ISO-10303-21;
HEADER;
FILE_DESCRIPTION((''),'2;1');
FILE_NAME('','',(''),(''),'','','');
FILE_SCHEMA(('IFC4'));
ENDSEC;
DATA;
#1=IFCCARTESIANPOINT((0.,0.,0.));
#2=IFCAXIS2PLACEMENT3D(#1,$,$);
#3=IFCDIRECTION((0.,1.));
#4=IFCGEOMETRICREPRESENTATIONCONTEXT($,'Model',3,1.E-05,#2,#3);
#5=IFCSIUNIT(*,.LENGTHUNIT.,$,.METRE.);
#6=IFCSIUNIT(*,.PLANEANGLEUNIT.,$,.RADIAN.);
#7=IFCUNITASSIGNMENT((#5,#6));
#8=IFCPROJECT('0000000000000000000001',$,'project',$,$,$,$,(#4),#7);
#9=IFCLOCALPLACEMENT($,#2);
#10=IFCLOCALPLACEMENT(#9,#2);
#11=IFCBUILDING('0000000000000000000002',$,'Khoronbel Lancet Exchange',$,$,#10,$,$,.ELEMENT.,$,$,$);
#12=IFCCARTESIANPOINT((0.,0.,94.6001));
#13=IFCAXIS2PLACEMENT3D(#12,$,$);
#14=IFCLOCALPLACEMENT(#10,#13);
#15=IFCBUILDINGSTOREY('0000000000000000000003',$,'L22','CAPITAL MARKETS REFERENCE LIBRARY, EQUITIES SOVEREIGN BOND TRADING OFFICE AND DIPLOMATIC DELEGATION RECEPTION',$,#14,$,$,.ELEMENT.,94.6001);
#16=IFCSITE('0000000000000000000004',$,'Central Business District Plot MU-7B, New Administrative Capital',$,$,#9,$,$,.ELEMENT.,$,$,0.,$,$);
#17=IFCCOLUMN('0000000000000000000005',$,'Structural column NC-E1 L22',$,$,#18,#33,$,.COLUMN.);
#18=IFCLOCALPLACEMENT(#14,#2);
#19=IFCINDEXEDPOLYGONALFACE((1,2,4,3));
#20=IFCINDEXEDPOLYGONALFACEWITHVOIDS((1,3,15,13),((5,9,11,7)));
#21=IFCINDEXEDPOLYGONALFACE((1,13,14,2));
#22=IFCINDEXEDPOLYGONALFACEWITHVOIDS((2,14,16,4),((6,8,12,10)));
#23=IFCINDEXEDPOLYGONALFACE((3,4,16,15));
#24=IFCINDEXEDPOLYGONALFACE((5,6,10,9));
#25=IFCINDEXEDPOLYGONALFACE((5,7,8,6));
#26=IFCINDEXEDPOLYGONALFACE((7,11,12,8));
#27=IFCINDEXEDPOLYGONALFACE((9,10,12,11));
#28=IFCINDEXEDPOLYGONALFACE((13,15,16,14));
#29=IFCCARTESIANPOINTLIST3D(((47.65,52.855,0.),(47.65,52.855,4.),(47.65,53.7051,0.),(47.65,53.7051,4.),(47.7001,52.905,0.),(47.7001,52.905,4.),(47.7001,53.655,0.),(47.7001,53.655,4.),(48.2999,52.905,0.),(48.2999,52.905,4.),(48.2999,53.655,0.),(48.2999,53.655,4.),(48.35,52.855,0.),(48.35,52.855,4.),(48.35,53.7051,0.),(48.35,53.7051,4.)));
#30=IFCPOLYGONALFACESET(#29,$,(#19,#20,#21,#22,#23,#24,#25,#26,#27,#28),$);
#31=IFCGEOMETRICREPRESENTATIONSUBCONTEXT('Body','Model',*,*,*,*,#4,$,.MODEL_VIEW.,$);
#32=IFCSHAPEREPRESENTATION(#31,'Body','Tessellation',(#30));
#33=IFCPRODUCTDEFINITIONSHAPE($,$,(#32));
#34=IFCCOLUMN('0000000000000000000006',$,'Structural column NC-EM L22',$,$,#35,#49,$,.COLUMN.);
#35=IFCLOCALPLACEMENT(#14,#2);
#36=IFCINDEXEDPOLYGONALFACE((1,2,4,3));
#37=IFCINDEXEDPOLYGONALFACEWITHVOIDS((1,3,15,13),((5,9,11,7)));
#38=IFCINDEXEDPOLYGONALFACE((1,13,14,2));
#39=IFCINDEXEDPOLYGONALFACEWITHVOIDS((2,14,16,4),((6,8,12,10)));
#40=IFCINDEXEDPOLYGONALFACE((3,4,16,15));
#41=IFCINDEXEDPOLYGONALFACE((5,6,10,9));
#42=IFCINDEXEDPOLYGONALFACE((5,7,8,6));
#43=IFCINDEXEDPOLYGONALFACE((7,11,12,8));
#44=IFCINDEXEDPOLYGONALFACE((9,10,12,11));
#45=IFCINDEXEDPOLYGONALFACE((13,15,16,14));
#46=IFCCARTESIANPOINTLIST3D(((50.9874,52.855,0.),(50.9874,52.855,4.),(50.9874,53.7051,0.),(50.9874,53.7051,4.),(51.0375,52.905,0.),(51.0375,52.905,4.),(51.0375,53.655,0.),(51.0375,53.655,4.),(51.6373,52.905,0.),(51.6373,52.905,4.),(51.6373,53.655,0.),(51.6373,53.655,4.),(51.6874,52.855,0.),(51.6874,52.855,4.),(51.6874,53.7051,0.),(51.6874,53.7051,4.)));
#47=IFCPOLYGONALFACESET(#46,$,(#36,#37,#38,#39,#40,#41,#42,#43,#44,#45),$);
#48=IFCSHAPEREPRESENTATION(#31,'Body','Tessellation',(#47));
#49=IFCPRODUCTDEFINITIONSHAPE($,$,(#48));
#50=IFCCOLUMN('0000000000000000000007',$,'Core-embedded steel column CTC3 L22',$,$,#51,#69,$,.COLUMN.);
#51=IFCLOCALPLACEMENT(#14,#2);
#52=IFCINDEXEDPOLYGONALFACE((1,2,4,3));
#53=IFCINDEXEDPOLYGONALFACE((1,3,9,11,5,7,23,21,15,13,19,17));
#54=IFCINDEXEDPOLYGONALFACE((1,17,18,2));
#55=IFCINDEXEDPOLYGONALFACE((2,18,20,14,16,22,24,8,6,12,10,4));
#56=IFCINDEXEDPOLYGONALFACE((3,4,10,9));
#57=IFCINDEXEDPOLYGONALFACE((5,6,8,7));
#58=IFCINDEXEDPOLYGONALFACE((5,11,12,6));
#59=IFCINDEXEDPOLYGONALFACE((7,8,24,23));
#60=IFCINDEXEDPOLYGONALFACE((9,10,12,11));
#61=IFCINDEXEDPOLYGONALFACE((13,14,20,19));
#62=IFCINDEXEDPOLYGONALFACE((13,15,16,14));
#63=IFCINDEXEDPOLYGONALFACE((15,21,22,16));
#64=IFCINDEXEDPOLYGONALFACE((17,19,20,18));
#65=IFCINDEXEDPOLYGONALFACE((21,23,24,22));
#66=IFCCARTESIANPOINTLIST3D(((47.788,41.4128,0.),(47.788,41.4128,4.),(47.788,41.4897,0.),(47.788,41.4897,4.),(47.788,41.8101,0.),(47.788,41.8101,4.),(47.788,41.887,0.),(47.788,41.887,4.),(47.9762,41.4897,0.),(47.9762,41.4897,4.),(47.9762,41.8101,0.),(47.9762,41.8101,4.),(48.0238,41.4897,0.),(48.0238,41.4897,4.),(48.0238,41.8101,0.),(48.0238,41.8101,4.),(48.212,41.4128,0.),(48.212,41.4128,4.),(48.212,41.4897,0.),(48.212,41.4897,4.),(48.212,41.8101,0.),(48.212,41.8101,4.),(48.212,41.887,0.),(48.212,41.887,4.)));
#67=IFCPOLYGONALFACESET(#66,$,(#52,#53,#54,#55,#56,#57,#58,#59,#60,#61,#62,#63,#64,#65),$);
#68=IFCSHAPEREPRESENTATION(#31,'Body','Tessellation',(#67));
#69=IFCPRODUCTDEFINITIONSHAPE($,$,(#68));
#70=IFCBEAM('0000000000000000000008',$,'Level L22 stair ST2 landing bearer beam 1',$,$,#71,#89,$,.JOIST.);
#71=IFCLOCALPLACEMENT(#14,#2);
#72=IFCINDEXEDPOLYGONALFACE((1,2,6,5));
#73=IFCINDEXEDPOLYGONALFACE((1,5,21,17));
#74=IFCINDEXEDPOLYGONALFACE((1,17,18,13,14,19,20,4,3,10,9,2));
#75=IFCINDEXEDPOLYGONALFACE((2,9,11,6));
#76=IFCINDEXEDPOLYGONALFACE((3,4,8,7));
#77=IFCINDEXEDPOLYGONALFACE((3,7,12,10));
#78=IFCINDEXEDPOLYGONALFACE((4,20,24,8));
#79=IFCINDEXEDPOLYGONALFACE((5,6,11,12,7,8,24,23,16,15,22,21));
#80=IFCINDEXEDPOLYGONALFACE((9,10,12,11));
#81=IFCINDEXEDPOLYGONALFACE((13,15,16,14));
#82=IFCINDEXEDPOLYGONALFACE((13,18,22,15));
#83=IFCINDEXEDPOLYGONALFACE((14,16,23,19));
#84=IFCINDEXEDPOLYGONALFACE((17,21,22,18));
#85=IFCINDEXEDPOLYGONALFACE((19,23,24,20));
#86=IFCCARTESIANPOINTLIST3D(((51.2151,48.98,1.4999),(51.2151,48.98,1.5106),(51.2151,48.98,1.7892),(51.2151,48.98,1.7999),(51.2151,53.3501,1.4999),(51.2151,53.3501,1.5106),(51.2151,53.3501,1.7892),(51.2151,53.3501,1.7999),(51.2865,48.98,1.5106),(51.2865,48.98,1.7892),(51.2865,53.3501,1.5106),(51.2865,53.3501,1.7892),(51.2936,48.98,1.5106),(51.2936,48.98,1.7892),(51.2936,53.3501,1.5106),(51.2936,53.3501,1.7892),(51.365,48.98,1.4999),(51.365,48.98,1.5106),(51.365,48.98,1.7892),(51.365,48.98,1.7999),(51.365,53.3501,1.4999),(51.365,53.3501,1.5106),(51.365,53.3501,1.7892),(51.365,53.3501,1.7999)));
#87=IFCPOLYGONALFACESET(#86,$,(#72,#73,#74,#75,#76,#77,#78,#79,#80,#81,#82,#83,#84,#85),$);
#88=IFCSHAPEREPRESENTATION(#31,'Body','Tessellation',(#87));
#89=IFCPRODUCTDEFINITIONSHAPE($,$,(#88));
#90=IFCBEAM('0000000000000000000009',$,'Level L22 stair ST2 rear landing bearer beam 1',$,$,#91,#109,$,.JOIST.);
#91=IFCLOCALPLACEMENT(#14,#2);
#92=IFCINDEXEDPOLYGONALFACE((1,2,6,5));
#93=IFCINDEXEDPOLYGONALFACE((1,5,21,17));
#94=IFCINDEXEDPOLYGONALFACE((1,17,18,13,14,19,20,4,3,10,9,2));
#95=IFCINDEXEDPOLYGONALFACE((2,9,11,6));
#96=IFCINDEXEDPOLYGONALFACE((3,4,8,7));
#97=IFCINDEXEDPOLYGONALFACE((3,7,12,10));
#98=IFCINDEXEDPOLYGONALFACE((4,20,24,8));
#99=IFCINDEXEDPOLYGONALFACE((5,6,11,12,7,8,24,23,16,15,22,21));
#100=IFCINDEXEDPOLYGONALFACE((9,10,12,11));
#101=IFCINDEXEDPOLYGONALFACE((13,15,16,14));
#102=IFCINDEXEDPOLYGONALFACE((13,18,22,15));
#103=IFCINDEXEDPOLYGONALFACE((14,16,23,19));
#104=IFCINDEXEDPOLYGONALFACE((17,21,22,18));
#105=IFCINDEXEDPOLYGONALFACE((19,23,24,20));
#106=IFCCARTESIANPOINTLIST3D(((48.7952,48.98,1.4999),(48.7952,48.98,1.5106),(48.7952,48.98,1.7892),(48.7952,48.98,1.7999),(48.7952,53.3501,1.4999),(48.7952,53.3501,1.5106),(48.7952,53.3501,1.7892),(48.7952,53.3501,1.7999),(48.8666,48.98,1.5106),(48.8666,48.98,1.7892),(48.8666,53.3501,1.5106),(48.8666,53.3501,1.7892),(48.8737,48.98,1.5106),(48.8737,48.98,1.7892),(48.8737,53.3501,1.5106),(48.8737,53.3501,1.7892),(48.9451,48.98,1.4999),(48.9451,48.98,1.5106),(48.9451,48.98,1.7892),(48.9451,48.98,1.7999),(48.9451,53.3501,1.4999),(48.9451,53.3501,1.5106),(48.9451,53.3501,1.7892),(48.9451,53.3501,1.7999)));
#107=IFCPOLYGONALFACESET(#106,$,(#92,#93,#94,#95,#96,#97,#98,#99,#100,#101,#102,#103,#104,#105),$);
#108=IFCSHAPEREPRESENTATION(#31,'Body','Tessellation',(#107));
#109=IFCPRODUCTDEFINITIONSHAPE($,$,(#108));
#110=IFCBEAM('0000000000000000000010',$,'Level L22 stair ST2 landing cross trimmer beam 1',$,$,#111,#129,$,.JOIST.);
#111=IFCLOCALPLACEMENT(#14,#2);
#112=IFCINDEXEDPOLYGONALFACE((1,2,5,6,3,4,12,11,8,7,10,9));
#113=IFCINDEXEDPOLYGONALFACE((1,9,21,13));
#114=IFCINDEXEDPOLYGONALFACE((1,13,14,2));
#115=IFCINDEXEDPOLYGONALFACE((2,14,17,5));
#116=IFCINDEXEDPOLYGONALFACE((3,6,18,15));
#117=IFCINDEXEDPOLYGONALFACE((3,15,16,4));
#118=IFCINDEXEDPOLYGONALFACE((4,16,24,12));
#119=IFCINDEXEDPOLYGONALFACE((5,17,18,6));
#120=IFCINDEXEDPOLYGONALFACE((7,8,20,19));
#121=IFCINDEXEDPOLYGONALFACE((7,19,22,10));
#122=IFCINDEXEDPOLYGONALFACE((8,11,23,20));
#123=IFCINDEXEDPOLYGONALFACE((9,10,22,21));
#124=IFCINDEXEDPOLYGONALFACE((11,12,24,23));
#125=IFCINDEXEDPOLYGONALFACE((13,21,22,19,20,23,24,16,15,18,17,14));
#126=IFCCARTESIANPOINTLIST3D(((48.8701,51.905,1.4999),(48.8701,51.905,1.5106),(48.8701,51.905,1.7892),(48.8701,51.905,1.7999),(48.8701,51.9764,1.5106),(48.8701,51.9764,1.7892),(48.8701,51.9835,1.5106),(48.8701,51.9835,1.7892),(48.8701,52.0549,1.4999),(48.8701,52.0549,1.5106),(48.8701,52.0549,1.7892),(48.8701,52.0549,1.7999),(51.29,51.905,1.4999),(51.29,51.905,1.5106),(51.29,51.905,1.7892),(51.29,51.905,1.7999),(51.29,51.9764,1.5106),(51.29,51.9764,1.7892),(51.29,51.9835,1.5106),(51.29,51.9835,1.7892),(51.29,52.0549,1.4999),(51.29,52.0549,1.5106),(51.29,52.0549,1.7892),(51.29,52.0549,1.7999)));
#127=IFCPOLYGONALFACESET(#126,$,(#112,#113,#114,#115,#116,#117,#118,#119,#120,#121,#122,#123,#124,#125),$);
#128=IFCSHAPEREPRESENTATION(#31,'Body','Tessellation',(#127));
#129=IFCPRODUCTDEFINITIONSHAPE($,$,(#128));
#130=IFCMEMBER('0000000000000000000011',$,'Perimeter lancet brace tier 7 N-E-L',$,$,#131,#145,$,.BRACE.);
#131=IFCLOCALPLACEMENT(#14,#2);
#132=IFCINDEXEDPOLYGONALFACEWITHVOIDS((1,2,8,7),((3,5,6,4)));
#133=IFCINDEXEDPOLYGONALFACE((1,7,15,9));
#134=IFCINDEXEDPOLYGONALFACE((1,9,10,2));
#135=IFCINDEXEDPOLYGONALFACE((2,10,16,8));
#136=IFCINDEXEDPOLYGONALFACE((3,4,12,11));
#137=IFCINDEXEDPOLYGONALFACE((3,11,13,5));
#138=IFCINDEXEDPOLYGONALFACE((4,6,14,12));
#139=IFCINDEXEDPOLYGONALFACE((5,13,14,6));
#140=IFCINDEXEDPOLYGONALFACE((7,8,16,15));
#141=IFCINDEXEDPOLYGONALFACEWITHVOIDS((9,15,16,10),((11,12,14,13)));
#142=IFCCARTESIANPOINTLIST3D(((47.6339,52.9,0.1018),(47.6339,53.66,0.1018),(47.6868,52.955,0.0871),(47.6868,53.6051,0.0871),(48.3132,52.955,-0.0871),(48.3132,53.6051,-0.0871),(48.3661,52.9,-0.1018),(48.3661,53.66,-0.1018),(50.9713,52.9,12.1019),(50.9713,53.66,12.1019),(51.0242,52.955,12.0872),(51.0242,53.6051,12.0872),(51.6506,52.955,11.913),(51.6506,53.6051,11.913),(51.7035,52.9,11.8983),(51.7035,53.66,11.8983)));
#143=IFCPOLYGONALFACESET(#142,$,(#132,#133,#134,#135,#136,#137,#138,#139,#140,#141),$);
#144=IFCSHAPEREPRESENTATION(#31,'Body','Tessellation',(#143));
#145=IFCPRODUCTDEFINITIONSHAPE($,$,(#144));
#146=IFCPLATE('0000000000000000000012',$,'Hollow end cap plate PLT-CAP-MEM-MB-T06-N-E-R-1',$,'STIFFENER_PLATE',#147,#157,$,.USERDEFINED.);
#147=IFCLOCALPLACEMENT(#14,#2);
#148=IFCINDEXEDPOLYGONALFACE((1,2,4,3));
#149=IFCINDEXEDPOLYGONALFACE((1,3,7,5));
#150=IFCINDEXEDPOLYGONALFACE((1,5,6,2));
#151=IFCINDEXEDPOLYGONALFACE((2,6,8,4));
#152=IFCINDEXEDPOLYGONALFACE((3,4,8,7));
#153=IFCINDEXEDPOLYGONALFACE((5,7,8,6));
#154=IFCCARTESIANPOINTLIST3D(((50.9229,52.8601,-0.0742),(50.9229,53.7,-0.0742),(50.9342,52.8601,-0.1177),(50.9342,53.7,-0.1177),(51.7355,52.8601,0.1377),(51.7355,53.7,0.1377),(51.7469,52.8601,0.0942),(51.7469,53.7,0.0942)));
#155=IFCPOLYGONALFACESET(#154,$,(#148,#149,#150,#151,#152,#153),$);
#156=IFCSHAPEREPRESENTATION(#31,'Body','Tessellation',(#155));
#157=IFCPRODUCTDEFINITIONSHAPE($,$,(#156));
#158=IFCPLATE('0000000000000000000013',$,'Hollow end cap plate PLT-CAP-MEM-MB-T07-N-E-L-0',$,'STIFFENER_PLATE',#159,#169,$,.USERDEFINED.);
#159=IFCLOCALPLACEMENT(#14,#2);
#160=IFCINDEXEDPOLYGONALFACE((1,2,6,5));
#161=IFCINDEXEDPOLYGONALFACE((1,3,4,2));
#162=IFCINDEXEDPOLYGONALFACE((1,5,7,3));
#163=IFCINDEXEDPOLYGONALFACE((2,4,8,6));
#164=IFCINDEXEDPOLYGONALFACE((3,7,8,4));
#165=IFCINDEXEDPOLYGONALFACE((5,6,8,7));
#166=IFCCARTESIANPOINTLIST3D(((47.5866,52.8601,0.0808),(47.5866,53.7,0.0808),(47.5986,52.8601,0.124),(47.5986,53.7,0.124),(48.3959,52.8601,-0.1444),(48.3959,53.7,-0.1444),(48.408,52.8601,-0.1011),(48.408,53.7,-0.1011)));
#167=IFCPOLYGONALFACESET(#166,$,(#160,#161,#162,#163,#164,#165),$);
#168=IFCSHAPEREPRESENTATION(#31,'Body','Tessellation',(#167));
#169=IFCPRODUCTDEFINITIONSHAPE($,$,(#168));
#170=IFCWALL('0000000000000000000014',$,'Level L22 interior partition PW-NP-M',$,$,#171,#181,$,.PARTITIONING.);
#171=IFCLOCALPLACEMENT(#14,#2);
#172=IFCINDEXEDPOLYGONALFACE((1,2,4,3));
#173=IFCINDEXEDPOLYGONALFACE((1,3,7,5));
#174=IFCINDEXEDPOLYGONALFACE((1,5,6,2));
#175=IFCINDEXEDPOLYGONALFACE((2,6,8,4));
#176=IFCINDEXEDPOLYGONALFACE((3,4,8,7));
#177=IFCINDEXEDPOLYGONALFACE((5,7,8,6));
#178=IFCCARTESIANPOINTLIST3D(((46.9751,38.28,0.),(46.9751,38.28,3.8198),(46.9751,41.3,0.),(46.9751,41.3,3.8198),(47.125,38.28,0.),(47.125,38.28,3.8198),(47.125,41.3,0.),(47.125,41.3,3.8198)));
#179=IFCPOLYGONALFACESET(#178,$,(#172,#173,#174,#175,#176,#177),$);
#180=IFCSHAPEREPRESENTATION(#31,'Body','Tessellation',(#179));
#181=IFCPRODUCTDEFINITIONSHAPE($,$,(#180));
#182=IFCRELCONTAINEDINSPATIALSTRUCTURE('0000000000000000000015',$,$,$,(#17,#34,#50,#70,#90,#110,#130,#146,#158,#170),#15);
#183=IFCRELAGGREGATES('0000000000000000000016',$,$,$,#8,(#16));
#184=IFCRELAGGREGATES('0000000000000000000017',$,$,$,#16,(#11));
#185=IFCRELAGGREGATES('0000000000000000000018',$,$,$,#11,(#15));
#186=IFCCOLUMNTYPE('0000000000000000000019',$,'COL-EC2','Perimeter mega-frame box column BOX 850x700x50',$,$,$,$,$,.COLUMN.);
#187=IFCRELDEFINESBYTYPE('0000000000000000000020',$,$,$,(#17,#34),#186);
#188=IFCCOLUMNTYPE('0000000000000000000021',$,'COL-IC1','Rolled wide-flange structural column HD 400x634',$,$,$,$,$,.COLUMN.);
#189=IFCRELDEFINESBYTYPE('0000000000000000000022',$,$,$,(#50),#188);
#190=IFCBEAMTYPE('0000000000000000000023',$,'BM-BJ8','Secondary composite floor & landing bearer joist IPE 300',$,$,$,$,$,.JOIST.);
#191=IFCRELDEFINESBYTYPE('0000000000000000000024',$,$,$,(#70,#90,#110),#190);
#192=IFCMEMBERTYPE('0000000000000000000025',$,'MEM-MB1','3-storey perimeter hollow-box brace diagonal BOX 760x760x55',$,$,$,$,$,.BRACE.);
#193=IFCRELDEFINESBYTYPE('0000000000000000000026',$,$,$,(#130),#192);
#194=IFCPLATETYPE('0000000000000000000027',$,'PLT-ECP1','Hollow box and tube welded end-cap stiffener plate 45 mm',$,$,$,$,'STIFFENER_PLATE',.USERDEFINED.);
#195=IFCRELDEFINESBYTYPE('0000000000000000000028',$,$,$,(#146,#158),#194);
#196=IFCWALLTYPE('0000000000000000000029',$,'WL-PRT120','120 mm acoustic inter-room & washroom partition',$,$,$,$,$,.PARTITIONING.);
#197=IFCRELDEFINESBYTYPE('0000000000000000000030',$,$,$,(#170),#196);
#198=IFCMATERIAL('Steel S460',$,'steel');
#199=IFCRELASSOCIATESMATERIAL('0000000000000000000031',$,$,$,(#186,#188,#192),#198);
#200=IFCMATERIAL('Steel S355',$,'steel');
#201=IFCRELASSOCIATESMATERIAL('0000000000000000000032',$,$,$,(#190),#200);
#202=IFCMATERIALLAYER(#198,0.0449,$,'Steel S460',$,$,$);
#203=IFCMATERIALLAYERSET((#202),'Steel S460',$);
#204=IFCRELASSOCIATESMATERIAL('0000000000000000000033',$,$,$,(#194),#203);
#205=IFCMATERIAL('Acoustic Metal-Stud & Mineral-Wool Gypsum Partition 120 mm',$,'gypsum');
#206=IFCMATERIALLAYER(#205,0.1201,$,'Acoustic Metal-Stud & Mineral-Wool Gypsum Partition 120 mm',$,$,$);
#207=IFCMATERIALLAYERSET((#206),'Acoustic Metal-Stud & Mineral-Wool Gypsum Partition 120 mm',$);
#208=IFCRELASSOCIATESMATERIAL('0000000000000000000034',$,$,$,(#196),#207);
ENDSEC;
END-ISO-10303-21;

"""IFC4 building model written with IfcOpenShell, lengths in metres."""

from ifc_helpers import new_model, si_unit, direction, frame, frame_2d, origin, origin_2d, place, context, subcontext, project, spatial, polyline, rectangle, hollow_rectangle, i_section, outline, extrude, material, layer, layer_set, material_profile, profile_set, type_object, element, save


model = new_model("IFC4")

# Units and contexts
model_context = context("Model", 3, precision=1e-05, world=origin(), true_north=direction((0.0, 1.0)))
body_context = subcontext(model_context, "Body", "Model", "MODEL_VIEW")
ifc_project = project(units=[si_unit("LENGTHUNIT", "METRE"), si_unit("PLANEANGLEUNIT", "RADIAN")], contexts=[model_context])

# Site, building, storey
site_placement = place(None, origin())
site = spatial("IfcSite", under=ifc_project, at=site_placement, Name="Central Business District Plot MU-7B, New Administrative Capital", CompositionType="ELEMENT", RefElevation=0.0)
building_placement = place(site_placement, origin())
building = spatial("IfcBuilding", under=site, at=building_placement, Name="Khoronbel Lancet Exchange", CompositionType="ELEMENT")
storey_placement = place(building_placement, frame((0.0, 0.0, 94.6001)))
storey = spatial("IfcBuildingStorey", under=building, at=storey_placement, Name="L22", Description="CAPITAL MARKETS REFERENCE LIBRARY, EQUITIES SOVEREIGN BOND TRADING OFFICE AND DIPLOMATIC DELEGATION RECEPTION", CompositionType="ELEMENT", Elevation=94.6001)

# Columns
ifc_material_1 = material(Name="Steel S460", Category="steel")
ifc_material_profile_1 = material_profile(ifc_material_1, hollow_rectangle(XDim=0.7, YDim=0.8501, WallThickness=0.05, at=origin_2d()), Name="BOX 850x700x50")
ifc_profile_set_1 = profile_set([ifc_material_profile_1], Name="Steel S460")
column_type_1 = type_object("IfcColumnType", Name="COL-EC2", Description="Perimeter mega-frame box column BOX 850x700x50", PredefinedType="COLUMN", material=ifc_profile_set_1)
for number, where, z_axis, x_axis, name in (
    (1, (48.0, 53.28, 0.0), (0.0, 0.0, 1.0), (1.0, 0.0, 0.0), "Structural column NC-E1 L22"),
    (2, (51.3374, 53.28, 0.0), (0.0, 0.0, 1.0), (1.0, 0.0, 0.0), "Structural column NC-EM L22"),
):
    element("IfcColumn", number, at=place(storey_placement, frame(where, z_axis=z_axis, x_axis=x_axis)), inside=storey, type_object=column_type_1, Name=name, PredefinedType="COLUMN", context=body_context, shape_type="SweptSolid", body=[
        extrude(hollow_rectangle(XDim=0.7, YDim=0.8501, WallThickness=0.05, at=origin_2d()), origin(), (0.0, 0.0, 1.0), 4.0),
    ])
ifc_material_profile_2 = material_profile(ifc_material_1, i_section(OverallWidth=0.4241, OverallDepth=0.4741, WebThickness=0.0476, FlangeThickness=0.0769, at=origin_2d()), Name="HD 400x634")
ifc_profile_set_2 = profile_set([ifc_material_profile_2], Name="Steel S460")
column_type_2 = type_object("IfcColumnType", Name="COL-IC1", Description="Rolled wide-flange structural column HD 400x634", PredefinedType="COLUMN", material=ifc_profile_set_2)
column_placement = place(storey_placement, frame((48.0, 41.6499, 0.0), z_axis=(0.0, 0.0, 1.0), x_axis=(1.0, 0.0, 0.0)))
element("IfcColumn", 3, at=column_placement, inside=storey, type_object=column_type_2, Name="Core-embedded steel column CTC3 L22", PredefinedType="COLUMN", context=body_context, shape_type="SweptSolid", body=[
    extrude(i_section(OverallWidth=0.4241, OverallDepth=0.4741, WebThickness=0.0476, FlangeThickness=0.0769, at=origin_2d()), origin(), (0.0, 0.0, 1.0), 4.0),
])

# Beams
ifc_material_2 = material(Name="Steel S355", Category="steel")
ifc_material_profile_3 = material_profile(ifc_material_2, i_section(OverallWidth=0.1499, OverallDepth=0.3, WebThickness=0.0071, FlangeThickness=0.0107, at=origin_2d()), Name="IPE 300")
ifc_profile_set_3 = profile_set([ifc_material_profile_3], Name="Steel S355")
beam_type = type_object("IfcBeamType", Name="BM-BJ8", Description="Secondary composite floor & landing bearer joist IPE 300", PredefinedType="JOIST", material=ifc_profile_set_3)
for number, where, z_axis, x_axis, name in (
    (4, (51.29, 48.98, 1.6499), (0.0, 1.0, 0.0), (-1.0, 0.0, 0.0), "Level L22 stair ST2 landing bearer beam 1"),
    (5, (48.8701, 48.98, 1.6499), (0.0, 1.0, 0.0), (-1.0, 0.0, 0.0), "Level L22 stair ST2 rear landing bearer beam 1"),
):
    element("IfcBeam", number, at=place(storey_placement, frame(where, z_axis=z_axis, x_axis=x_axis)), inside=storey, type_object=beam_type, Name=name, PredefinedType="JOIST", context=body_context, shape_type="SweptSolid", body=[
        extrude(i_section(OverallWidth=0.1499, OverallDepth=0.3, WebThickness=0.0071, FlangeThickness=0.0107, at=origin_2d()), origin(), (0.0, 0.0, 1.0), 4.3701),
    ])
beam_placement = place(storey_placement, frame((48.8701, 51.98, 1.6499), z_axis=(1.0, 0.0, 0.0), x_axis=(0.0, 1.0, 0.0)))
element("IfcBeam", 6, at=beam_placement, inside=storey, type_object=beam_type, Name="Level L22 stair ST2 landing cross trimmer beam 1", PredefinedType="JOIST", context=body_context, shape_type="SweptSolid", body=[
    extrude(i_section(OverallWidth=0.1499, OverallDepth=0.3, WebThickness=0.0071, FlangeThickness=0.0107, at=origin_2d()), origin(), (0.0, 0.0, 1.0), 2.4199),
])

# Member
ifc_material_profile_4 = material_profile(ifc_material_1, hollow_rectangle(XDim=0.76, YDim=0.76, WallThickness=0.0549, at=origin_2d()), Name="BOX 760x760x55")
ifc_profile_set_4 = profile_set([ifc_material_profile_4], Name="Steel S460")
member_type = type_object("IfcMemberType", Name="MEM-MB1", Description="3-storey perimeter hollow-box brace diagonal BOX 760x760x55", PredefinedType="BRACE", material=ifc_profile_set_4)
member_placement = place(storey_placement, frame((48.0, 53.28, 0.0), z_axis=(0.267947, 0.0, 0.963434), x_axis=(0.0, 1.0, 0.0)))
element("IfcMember", 7, at=member_placement, inside=storey, type_object=member_type, Name="Perimeter lancet brace tier 7 N-E-L", PredefinedType="BRACE", context=body_context, shape_type="SweptSolid", body=[
    extrude(hollow_rectangle(XDim=0.76, YDim=0.76, WallThickness=0.0549, at=origin_2d()), origin(), (0.0, 0.0, 1.0), 12.4556),
])

# Plates
ifc_layer_1 = layer(ifc_material_1, 0.0449, Name="Steel S460")
ifc_layer_set_1 = layer_set([ifc_layer_1], Name="Steel S460")
plate_type = type_object("IfcPlateType", Name="PLT-ECP1", Description="Hollow box and tube welded end-cap stiffener plate 45 mm", ElementType="STIFFENER_PLATE", PredefinedType="USERDEFINED", material=ifc_layer_set_1)
plate_1_placement = place(storey_placement, frame((50.9229, 53.7, -0.0742), z_axis=(-0.252304, 0.0, 0.967648), x_axis=(0.0, -1.0, 0.0)))
element("IfcPlate", 8, at=plate_1_placement, inside=storey, type_object=plate_type, Name="Hollow end cap plate PLT-CAP-MEM-MB-T06-N-E-R-1", ObjectType="STIFFENER_PLATE", PredefinedType="USERDEFINED", context=body_context, shape_type="SweptSolid", body=[
    extrude(outline(polyline([(0.0, 0.0), (0.8398, 0.0), (0.8398, 0.8398), (0.0, 0.8398), (0.0, 0.0)])), origin(), (0.0, 0.0, -1.0), 0.0449),
])
plate_2_placement = place(storey_placement, frame((48.408, 52.8601, -0.1011), z_axis=(0.267959, 0.0, 0.96343), x_axis=(0.0, 1.0, 0.0)))
element("IfcPlate", 9, at=plate_2_placement, inside=storey, type_object=plate_type, Name="Hollow end cap plate PLT-CAP-MEM-MB-T07-N-E-L-0", ObjectType="STIFFENER_PLATE", PredefinedType="USERDEFINED", context=body_context, shape_type="SweptSolid", body=[
    extrude(outline(polyline([(0.0, 0.0), (0.8398, 0.0), (0.8398, 0.8401), (0.0, 0.8401), (0.0, 0.0)])), origin(), (0.0, 0.0, -1.0), 0.0449),
])

# Wall
ifc_material_3 = material(Name="Acoustic Metal-Stud & Mineral-Wool Gypsum Partition 120 mm", Category="gypsum")
ifc_layer_2 = layer(ifc_material_3, 0.1201, Name="Acoustic Metal-Stud & Mineral-Wool Gypsum Partition 120 mm")
ifc_layer_set_2 = layer_set([ifc_layer_2], Name="Acoustic Metal-Stud & Mineral-Wool Gypsum Partition 120 mm")
wall_type_1 = type_object("IfcWallType", Name="WL-PRT120", Description="120 mm acoustic inter-room & washroom partition", PredefinedType="PARTITIONING", material=ifc_layer_set_2)
wall_1_placement = place(storey_placement, frame((47.05, 38.28, 0.0), z_axis=(0.0, 0.0, 1.0), x_axis=(0.0, 1.0, 0.0)))
element("IfcWall", 10, at=wall_1_placement, inside=storey, type_object=wall_type_1, Name="Level L22 interior partition PW-NP-M", PredefinedType="PARTITIONING", context=body_context, shape_type="SweptSolid", body=[
    extrude(rectangle(XDim=3.02, YDim=0.1499, at=frame_2d((1.51, 0.0))), origin(), (0.0, 0.0, 1.0), 3.8198),
])

save(model, "model.ifc")
